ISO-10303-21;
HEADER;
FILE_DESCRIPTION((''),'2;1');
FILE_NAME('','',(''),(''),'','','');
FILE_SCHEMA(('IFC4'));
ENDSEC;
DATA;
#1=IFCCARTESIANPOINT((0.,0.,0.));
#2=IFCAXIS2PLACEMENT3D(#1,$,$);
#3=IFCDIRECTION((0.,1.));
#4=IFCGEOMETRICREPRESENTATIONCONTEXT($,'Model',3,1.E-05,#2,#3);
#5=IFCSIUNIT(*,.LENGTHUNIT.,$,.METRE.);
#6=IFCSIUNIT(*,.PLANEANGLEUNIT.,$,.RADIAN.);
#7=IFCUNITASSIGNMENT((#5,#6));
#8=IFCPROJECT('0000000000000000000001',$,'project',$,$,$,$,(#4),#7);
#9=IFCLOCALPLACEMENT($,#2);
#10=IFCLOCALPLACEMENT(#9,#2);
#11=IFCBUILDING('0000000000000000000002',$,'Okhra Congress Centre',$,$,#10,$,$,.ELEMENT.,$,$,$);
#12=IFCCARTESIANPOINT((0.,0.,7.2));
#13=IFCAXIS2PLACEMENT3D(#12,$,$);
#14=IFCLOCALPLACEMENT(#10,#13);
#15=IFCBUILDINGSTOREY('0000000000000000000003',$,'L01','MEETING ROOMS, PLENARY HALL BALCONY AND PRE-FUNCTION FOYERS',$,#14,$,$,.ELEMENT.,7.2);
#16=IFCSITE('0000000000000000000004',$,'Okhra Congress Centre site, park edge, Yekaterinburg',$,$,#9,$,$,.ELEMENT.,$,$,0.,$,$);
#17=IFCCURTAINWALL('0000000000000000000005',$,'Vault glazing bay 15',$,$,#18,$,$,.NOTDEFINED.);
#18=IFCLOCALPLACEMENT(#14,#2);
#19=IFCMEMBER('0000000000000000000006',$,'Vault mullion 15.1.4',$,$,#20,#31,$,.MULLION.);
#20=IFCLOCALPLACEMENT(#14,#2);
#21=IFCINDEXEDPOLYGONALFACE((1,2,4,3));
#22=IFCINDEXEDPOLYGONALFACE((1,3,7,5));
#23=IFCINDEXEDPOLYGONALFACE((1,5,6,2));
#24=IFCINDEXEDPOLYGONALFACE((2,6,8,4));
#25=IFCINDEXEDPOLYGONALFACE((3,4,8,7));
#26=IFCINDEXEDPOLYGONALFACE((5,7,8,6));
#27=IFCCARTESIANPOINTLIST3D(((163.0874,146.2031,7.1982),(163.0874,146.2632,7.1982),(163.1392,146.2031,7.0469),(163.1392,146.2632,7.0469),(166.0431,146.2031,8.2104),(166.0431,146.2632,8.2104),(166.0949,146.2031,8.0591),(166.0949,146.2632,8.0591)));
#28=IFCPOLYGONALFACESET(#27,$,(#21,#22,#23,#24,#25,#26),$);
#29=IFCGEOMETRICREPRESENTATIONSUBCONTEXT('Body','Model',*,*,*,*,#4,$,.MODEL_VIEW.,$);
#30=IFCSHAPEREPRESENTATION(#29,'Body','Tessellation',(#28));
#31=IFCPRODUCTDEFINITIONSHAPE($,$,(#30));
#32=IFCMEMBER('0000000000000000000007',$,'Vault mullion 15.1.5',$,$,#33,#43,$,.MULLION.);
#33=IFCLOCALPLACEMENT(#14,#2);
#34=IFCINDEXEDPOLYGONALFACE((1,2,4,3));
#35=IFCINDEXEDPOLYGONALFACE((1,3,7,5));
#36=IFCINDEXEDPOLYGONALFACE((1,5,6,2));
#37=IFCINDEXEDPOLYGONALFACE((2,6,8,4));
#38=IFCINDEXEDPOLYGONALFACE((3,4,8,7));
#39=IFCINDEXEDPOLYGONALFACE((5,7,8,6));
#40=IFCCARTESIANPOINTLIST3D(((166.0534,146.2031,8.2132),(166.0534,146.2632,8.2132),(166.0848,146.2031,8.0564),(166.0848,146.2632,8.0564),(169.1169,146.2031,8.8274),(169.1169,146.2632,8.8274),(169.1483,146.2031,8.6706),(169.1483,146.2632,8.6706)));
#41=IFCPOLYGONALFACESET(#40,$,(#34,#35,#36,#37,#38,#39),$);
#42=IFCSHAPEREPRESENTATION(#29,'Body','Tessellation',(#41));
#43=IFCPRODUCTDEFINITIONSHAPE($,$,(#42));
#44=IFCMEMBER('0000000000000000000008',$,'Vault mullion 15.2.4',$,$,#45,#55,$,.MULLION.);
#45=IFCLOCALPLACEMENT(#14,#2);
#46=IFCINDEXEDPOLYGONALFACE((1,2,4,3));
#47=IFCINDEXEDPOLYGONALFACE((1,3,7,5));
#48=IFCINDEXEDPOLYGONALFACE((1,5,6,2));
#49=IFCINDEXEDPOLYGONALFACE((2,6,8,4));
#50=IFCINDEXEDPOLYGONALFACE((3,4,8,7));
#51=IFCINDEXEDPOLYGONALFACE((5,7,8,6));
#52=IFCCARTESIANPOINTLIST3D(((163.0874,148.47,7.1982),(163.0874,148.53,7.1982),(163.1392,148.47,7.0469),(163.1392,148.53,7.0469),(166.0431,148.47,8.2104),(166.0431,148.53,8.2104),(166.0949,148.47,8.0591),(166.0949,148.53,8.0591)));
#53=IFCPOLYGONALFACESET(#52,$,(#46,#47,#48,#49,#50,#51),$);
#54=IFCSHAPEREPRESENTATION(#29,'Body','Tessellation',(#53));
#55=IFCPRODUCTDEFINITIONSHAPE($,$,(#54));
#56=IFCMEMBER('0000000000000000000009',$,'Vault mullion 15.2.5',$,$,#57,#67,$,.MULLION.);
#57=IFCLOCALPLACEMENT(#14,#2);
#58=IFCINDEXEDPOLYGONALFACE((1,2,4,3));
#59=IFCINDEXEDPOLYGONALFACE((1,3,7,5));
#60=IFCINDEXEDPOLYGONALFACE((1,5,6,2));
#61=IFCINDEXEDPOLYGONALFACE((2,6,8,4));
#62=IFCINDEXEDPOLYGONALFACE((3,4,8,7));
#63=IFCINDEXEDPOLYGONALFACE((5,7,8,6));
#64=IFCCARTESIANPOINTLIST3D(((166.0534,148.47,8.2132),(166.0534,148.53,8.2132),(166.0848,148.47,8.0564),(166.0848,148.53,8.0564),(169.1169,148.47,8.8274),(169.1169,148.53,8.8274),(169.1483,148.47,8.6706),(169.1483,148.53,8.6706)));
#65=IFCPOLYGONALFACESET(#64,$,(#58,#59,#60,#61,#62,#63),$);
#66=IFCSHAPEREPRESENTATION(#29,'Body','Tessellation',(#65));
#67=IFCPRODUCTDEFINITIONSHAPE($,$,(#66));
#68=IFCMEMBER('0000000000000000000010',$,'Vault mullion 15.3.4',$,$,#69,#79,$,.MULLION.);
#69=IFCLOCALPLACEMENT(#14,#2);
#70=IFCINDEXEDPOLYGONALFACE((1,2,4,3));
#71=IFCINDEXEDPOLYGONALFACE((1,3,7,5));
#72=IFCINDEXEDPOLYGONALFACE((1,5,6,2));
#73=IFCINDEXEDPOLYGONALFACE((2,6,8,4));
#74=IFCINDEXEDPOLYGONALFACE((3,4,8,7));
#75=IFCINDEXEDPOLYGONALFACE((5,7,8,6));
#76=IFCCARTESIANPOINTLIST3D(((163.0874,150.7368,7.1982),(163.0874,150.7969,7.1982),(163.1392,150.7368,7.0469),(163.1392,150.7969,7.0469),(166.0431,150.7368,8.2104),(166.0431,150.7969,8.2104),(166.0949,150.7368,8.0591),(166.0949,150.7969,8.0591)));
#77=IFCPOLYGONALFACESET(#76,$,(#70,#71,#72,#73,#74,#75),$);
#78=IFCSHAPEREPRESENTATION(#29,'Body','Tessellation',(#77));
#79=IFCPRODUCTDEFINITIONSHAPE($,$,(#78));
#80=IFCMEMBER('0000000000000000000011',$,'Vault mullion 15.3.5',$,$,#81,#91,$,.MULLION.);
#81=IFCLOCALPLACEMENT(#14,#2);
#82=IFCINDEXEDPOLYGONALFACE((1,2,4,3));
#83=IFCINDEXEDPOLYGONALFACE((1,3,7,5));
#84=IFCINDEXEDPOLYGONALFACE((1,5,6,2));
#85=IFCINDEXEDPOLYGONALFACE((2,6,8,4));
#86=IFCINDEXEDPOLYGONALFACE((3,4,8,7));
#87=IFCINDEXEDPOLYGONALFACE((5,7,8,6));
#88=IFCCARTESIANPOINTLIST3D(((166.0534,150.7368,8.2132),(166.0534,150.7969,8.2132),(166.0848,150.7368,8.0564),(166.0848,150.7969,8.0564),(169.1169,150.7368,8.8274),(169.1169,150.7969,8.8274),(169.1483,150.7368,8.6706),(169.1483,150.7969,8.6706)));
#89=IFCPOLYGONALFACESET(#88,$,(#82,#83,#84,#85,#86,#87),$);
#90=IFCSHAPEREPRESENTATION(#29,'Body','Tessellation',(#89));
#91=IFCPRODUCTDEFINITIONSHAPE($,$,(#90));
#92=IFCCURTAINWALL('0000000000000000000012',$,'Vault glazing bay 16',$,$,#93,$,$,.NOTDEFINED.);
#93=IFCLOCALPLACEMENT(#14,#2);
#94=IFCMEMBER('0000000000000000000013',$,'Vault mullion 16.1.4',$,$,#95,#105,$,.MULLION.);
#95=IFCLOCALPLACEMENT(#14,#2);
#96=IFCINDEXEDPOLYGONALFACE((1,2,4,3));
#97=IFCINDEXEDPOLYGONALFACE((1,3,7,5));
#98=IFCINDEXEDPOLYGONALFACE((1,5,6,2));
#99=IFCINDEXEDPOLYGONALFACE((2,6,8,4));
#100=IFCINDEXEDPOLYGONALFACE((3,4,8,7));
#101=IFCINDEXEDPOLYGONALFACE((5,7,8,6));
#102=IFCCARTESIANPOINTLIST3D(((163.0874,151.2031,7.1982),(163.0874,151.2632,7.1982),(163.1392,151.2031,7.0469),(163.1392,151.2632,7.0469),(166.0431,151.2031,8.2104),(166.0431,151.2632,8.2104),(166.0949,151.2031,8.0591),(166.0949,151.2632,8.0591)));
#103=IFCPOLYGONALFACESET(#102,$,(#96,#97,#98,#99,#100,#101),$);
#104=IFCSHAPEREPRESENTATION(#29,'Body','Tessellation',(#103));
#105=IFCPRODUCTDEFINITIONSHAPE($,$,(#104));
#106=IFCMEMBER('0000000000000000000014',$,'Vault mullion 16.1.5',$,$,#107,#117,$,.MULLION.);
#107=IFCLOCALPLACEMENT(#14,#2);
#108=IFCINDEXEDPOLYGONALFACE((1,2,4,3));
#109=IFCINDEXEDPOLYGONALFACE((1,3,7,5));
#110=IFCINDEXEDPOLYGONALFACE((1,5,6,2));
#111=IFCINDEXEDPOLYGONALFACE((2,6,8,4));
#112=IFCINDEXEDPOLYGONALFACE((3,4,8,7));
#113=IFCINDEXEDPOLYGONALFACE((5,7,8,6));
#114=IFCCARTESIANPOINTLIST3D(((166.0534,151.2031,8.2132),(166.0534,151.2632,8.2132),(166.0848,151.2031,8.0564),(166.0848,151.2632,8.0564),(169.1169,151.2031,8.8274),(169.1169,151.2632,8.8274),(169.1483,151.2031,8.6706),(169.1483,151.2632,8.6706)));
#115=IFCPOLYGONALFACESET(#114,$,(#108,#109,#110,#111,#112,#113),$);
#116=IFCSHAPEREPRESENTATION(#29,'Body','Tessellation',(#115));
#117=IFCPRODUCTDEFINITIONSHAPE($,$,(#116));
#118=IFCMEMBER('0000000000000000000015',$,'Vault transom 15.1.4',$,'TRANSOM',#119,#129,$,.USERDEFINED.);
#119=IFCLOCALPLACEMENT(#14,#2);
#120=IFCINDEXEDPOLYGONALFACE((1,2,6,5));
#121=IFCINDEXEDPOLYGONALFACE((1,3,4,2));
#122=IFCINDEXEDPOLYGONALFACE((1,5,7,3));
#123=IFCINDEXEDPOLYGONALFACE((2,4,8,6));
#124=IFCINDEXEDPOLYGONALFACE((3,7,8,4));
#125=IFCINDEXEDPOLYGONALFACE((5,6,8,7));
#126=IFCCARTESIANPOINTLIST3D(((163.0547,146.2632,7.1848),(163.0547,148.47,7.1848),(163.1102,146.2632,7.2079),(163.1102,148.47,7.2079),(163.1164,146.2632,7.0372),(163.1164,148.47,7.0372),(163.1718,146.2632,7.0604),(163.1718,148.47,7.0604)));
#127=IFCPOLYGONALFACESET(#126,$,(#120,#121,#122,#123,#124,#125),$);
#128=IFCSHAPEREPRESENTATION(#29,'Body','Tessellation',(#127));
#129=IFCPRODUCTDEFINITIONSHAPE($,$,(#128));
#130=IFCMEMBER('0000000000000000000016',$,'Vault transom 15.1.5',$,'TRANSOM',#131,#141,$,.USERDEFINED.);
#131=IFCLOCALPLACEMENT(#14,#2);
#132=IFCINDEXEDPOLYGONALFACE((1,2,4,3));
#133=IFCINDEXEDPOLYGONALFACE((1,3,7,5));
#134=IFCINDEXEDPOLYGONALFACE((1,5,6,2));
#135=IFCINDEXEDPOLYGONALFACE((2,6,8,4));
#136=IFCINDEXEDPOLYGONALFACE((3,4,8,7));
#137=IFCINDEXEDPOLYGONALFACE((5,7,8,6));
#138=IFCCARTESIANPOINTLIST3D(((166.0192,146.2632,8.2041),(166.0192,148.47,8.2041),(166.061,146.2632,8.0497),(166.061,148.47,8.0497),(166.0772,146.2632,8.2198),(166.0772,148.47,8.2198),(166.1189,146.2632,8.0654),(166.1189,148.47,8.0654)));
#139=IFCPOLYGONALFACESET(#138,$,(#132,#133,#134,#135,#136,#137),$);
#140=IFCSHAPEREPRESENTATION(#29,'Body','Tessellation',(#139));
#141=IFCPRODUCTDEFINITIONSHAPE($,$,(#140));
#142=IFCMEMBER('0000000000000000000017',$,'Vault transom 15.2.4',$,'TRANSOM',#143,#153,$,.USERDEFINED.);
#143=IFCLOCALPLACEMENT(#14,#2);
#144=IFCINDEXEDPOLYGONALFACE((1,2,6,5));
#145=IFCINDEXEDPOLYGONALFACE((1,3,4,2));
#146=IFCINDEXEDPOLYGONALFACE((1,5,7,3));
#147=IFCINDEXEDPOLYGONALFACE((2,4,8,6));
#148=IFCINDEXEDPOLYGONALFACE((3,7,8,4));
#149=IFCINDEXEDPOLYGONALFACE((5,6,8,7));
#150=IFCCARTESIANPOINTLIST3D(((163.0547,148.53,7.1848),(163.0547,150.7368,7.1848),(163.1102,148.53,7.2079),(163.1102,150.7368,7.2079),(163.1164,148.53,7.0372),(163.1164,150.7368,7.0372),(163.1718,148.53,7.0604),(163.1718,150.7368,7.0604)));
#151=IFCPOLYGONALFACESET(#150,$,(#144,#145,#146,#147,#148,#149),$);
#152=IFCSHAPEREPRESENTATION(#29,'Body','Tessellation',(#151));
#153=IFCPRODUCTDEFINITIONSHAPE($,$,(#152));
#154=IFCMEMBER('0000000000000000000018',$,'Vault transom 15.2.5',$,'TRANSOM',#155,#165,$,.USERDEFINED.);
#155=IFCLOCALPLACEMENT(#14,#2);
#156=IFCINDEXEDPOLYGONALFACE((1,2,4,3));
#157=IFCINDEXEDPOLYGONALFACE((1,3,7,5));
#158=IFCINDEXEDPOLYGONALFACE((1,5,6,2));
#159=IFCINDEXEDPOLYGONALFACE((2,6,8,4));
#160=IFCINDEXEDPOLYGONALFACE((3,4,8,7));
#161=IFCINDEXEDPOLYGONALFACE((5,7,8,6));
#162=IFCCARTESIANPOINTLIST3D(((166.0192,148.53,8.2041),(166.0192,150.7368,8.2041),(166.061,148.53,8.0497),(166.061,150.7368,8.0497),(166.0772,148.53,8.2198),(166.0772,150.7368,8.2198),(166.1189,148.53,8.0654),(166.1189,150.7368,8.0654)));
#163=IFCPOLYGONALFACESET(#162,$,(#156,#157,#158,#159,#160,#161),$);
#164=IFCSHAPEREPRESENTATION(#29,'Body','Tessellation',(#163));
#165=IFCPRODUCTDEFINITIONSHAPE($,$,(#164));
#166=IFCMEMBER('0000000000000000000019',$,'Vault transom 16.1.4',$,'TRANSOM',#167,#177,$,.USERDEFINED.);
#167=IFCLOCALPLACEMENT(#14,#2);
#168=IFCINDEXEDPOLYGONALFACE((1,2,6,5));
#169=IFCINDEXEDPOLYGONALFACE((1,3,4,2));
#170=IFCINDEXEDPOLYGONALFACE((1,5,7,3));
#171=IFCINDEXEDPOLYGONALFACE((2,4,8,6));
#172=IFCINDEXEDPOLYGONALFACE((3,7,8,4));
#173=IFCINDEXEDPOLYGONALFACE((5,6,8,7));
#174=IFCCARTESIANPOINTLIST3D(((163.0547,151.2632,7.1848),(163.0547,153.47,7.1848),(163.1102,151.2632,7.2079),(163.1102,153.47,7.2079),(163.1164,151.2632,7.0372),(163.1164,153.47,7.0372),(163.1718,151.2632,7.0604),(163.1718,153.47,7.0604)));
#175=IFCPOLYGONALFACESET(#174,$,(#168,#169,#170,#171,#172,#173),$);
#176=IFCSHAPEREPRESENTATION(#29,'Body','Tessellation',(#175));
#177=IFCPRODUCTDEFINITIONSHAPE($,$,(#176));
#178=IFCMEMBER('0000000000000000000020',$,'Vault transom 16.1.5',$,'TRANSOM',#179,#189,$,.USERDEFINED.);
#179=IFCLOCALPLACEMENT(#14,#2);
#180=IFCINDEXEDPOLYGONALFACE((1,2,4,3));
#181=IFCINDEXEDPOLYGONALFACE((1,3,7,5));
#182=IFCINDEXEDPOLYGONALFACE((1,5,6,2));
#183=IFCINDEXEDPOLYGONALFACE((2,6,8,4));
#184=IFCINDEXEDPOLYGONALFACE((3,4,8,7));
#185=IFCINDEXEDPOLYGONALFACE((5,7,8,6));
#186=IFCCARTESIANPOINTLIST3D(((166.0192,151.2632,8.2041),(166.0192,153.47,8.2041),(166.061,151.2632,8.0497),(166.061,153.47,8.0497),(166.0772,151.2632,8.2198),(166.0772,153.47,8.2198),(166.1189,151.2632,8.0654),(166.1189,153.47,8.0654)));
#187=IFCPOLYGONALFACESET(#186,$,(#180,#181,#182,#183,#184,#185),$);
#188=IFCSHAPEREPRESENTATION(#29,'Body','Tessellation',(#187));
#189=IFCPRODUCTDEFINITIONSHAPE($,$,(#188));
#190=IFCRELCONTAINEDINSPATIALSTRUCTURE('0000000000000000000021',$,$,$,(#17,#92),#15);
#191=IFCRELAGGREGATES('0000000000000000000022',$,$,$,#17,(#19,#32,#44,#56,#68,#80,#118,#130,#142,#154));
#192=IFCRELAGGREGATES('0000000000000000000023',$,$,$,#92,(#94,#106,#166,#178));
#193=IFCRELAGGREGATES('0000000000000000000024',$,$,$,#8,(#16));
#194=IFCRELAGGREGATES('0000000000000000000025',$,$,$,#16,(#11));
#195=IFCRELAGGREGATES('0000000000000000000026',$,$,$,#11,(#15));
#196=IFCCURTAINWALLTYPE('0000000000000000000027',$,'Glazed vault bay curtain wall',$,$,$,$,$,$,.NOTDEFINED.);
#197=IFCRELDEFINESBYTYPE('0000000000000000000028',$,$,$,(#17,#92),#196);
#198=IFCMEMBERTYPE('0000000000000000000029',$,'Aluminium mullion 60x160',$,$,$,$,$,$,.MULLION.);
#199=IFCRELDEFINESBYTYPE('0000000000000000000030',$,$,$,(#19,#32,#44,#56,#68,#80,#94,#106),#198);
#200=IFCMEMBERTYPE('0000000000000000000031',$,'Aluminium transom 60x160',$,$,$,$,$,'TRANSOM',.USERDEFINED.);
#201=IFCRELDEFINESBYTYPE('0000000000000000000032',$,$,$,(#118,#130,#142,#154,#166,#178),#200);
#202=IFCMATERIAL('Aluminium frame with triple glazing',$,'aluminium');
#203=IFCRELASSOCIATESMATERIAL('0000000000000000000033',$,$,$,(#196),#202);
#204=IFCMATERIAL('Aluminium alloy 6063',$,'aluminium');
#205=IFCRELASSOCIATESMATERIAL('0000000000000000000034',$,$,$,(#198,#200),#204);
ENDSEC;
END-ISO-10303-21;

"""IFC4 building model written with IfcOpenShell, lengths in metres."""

from ifc_helpers import new_model, si_unit, direction, frame, origin, origin_2d, place, context, subcontext, project, spatial, rectangle, extrude, material, material_profile, profile_set, type_object, element, aggregate, save


model = new_model("IFC4")

# Units and contexts
model_context = context("Model", 3, precision=1e-05, world=origin(), true_north=direction((0.0, 1.0)))
body_context = subcontext(model_context, "Body", "Model", "MODEL_VIEW")
ifc_project = project(units=[si_unit("LENGTHUNIT", "METRE"), si_unit("PLANEANGLEUNIT", "RADIAN")], contexts=[model_context])

# Site, building, storey
site_placement = place(None, origin())
site = spatial("IfcSite", under=ifc_project, at=site_placement, Name="Okhra Congress Centre site, park edge, Yekaterinburg", CompositionType="ELEMENT", RefElevation=0.0)
building_placement = place(site_placement, origin())
building = spatial("IfcBuilding", under=site, at=building_placement, Name="Okhra Congress Centre", CompositionType="ELEMENT")
storey_placement = place(building_placement, frame((0.0, 0.0, 7.2)))
storey = spatial("IfcBuildingStorey", under=building, at=storey_placement, Name="L01", Description="MEETING ROOMS, PLENARY HALL BALCONY AND PRE-FUNCTION FOYERS", CompositionType="ELEMENT", Elevation=7.2)

# Curtain walls, members
ifc_material_1 = material(Name="Aluminium frame with triple glazing", Category="aluminium")
curtain_wall_type = type_object("IfcCurtainWallType", Name="Glazed vault bay curtain wall", PredefinedType="NOTDEFINED", material=ifc_material_1)
curtain_wall_1_placement = place(storey_placement, origin())
curtain_wall_1 = element("IfcCurtainWall", 1, at=curtain_wall_1_placement, inside=storey, type_object=curtain_wall_type, Name="Vault glazing bay 15", PredefinedType="NOTDEFINED")
ifc_material_2 = material(Name="Aluminium alloy 6063", Category="aluminium")
ifc_material_profile_1 = material_profile(ifc_material_2, rectangle(XDim=0.0601, YDim=0.1599, at=origin_2d()), Name="AL 60x160")
ifc_profile_set_1 = profile_set([ifc_material_profile_1], Name="Aluminium alloy 6063")
member_type_1 = type_object("IfcMemberType", Name="Aluminium mullion 60x160", PredefinedType="MULLION", material=ifc_profile_set_1)
member_1_placement = place(storey_placement, frame((163.1133, 146.2332, 7.1226), z_axis=(0.946065, 0.0, 0.323977), x_axis=(0.0, 1.0, 0.0)))
member_1 = element("IfcMember", 2, at=member_1_placement, type_object=member_type_1, Name="Vault mullion 15.1.4", PredefinedType="MULLION", context=body_context, shape_type="SweptSolid", body=[
    extrude(rectangle(XDim=0.0601, YDim=0.1599, at=origin_2d()), origin(), (0.0, 0.0, 1.0), 3.1243),
])
member_2_placement = place(storey_placement, frame((166.0691, 146.2332, 8.1348), z_axis=(0.980484, 0.0, 0.196597), x_axis=(0.0, 1.0, 0.0)))
member_2 = element("IfcMember", 3, at=member_2_placement, type_object=member_type_1, Name="Vault mullion 15.1.5", PredefinedType="MULLION", context=body_context, shape_type="SweptSolid", body=[
    extrude(rectangle(XDim=0.0601, YDim=0.1599, at=origin_2d()), origin(), (0.0, 0.0, 1.0), 3.1245),
])
member_3_placement = place(storey_placement, frame((163.1133, 148.5, 7.1226), z_axis=(0.946065, 0.0, 0.323977), x_axis=(0.0, 1.0, 0.0)))
member_3 = element("IfcMember", 4, at=member_3_placement, type_object=member_type_1, Name="Vault mullion 15.2.4", PredefinedType="MULLION", context=body_context, shape_type="SweptSolid", body=[
    extrude(rectangle(XDim=0.0601, YDim=0.1599, at=origin_2d()), origin(), (0.0, 0.0, 1.0), 3.1243),
])
member_4_placement = place(storey_placement, frame((166.0691, 148.5, 8.1348), z_axis=(0.980484, 0.0, 0.196597), x_axis=(0.0, 1.0, 0.0)))
member_4 = element("IfcMember", 5, at=member_4_placement, type_object=member_type_1, Name="Vault mullion 15.2.5", PredefinedType="MULLION", context=body_context, shape_type="SweptSolid", body=[
    extrude(rectangle(XDim=0.0601, YDim=0.1599, at=origin_2d()), origin(), (0.0, 0.0, 1.0), 3.1245),
])
member_5_placement = place(storey_placement, frame((163.1133, 150.7668, 7.1226), z_axis=(0.946065, 0.0, 0.323977), x_axis=(0.0, 1.0, 0.0)))
member_5 = element("IfcMember", 6, at=member_5_placement, type_object=member_type_1, Name="Vault mullion 15.3.4", PredefinedType="MULLION", context=body_context, shape_type="SweptSolid", body=[
    extrude(rectangle(XDim=0.0601, YDim=0.1599, at=origin_2d()), origin(), (0.0, 0.0, 1.0), 3.1243),
])
member_6_placement = place(storey_placement, frame((166.0691, 150.7668, 8.1348), z_axis=(0.980484, 0.0, 0.196597), x_axis=(0.0, 1.0, 0.0)))
member_6 = element("IfcMember", 7, at=member_6_placement, type_object=member_type_1, Name="Vault mullion 15.3.5", PredefinedType="MULLION", context=body_context, shape_type="SweptSolid", body=[
    extrude(rectangle(XDim=0.0601, YDim=0.1599, at=origin_2d()), origin(), (0.0, 0.0, 1.0), 3.1245),
])
curtain_wall_2_placement = place(storey_placement, origin())
curtain_wall_2 = element("IfcCurtainWall", 8, at=curtain_wall_2_placement, inside=storey, type_object=curtain_wall_type, Name="Vault glazing bay 16", PredefinedType="NOTDEFINED")
member_7_placement = place(storey_placement, frame((163.1133, 151.2332, 7.1226), z_axis=(0.946065, 0.0, 0.323977), x_axis=(0.0, 1.0, 0.0)))
member_7 = element("IfcMember", 9, at=member_7_placement, type_object=member_type_1, Name="Vault mullion 16.1.4", PredefinedType="MULLION", context=body_context, shape_type="SweptSolid", body=[
    extrude(rectangle(XDim=0.0601, YDim=0.1599, at=origin_2d()), origin(), (0.0, 0.0, 1.0), 3.1243),
])
member_8_placement = place(storey_placement, frame((166.0691, 151.2332, 8.1348), z_axis=(0.980484, 0.0, 0.196597), x_axis=(0.0, 1.0, 0.0)))
member_8 = element("IfcMember", 10, at=member_8_placement, type_object=member_type_1, Name="Vault mullion 16.1.5", PredefinedType="MULLION", context=body_context, shape_type="SweptSolid", body=[
    extrude(rectangle(XDim=0.0601, YDim=0.1599, at=origin_2d()), origin(), (0.0, 0.0, 1.0), 3.1245),
])

# Members
ifc_material_profile_2 = material_profile(ifc_material_2, rectangle(XDim=0.0601, YDim=0.1599, at=origin_2d()), Name="AL 60x160 transom")
ifc_profile_set_2 = profile_set([ifc_material_profile_2], Name="Aluminium alloy 6063")
member_type_2 = type_object("IfcMemberType", Name="Aluminium transom 60x160", ElementType="TRANSOM", PredefinedType="USERDEFINED", material=ifc_profile_set_2)
member_9_placement = place(storey_placement, frame((163.1133, 146.2632, 7.1226), z_axis=(0.0, 1.0, 0.0), x_axis=(-0.922669, 0.0, -0.385593)))
member_9 = element("IfcMember", 11, at=member_9_placement, type_object=member_type_2, Name="Vault transom 15.1.4", ObjectType="TRANSOM", PredefinedType="USERDEFINED", context=body_context, shape_type="SweptSolid", body=[
    extrude(rectangle(XDim=0.0601, YDim=0.1599, at=origin_2d()), origin(), (0.0, 0.0, 1.0), 2.2068),
])
member_10_placement = place(storey_placement, frame((166.0691, 146.2632, 8.1348), z_axis=(0.0, 1.0, 0.0), x_axis=(-0.96538, 0.0, -0.260848)))
member_10 = element("IfcMember", 12, at=member_10_placement, type_object=member_type_2, Name="Vault transom 15.1.5", ObjectType="TRANSOM", PredefinedType="USERDEFINED", context=body_context, shape_type="SweptSolid", body=[
    extrude(rectangle(XDim=0.0601, YDim=0.1599, at=origin_2d()), origin(), (0.0, 0.0, 1.0), 2.2068),
])
member_11_placement = place(storey_placement, frame((163.1133, 148.53, 7.1226), z_axis=(0.0, 1.0, 0.0), x_axis=(-0.922669, 0.0, -0.385593)))
member_11 = element("IfcMember", 13, at=member_11_placement, type_object=member_type_2, Name="Vault transom 15.2.4", ObjectType="TRANSOM", PredefinedType="USERDEFINED", context=body_context, shape_type="SweptSolid", body=[
    extrude(rectangle(XDim=0.0601, YDim=0.1599, at=origin_2d()), origin(), (0.0, 0.0, 1.0), 2.2068),
])
member_12_placement = place(storey_placement, frame((166.0691, 148.53, 8.1348), z_axis=(0.0, 1.0, 0.0), x_axis=(-0.96538, 0.0, -0.260848)))
member_12 = element("IfcMember", 14, at=member_12_placement, type_object=member_type_2, Name="Vault transom 15.2.5", ObjectType="TRANSOM", PredefinedType="USERDEFINED", context=body_context, shape_type="SweptSolid", body=[
    extrude(rectangle(XDim=0.0601, YDim=0.1599, at=origin_2d()), origin(), (0.0, 0.0, 1.0), 2.2068),
])
member_13_placement = place(storey_placement, frame((163.1133, 151.2632, 7.1226), z_axis=(0.0, 1.0, 0.0), x_axis=(-0.922669, 0.0, -0.385593)))
member_13 = element("IfcMember", 15, at=member_13_placement, type_object=member_type_2, Name="Vault transom 16.1.4", ObjectType="TRANSOM", PredefinedType="USERDEFINED", context=body_context, shape_type="SweptSolid", body=[
    extrude(rectangle(XDim=0.0601, YDim=0.1599, at=origin_2d()), origin(), (0.0, 0.0, 1.0), 2.2068),
])
member_14_placement = place(storey_placement, frame((166.0691, 151.2632, 8.1348), z_axis=(0.0, 1.0, 0.0), x_axis=(-0.96538, 0.0, -0.260848)))
member_14 = element("IfcMember", 16, at=member_14_placement, type_object=member_type_2, Name="Vault transom 16.1.5", ObjectType="TRANSOM", PredefinedType="USERDEFINED", context=body_context, shape_type="SweptSolid", body=[
    extrude(rectangle(XDim=0.0601, YDim=0.1599, at=origin_2d()), origin(), (0.0, 0.0, 1.0), 2.2068),
])

aggregate(curtain_wall_1, [member_1, member_2, member_3, member_4, member_5, member_6, member_9, member_10, member_11, member_12])
aggregate(curtain_wall_2, [member_7, member_8, member_13, member_14])

save(model, "model.ifc")
